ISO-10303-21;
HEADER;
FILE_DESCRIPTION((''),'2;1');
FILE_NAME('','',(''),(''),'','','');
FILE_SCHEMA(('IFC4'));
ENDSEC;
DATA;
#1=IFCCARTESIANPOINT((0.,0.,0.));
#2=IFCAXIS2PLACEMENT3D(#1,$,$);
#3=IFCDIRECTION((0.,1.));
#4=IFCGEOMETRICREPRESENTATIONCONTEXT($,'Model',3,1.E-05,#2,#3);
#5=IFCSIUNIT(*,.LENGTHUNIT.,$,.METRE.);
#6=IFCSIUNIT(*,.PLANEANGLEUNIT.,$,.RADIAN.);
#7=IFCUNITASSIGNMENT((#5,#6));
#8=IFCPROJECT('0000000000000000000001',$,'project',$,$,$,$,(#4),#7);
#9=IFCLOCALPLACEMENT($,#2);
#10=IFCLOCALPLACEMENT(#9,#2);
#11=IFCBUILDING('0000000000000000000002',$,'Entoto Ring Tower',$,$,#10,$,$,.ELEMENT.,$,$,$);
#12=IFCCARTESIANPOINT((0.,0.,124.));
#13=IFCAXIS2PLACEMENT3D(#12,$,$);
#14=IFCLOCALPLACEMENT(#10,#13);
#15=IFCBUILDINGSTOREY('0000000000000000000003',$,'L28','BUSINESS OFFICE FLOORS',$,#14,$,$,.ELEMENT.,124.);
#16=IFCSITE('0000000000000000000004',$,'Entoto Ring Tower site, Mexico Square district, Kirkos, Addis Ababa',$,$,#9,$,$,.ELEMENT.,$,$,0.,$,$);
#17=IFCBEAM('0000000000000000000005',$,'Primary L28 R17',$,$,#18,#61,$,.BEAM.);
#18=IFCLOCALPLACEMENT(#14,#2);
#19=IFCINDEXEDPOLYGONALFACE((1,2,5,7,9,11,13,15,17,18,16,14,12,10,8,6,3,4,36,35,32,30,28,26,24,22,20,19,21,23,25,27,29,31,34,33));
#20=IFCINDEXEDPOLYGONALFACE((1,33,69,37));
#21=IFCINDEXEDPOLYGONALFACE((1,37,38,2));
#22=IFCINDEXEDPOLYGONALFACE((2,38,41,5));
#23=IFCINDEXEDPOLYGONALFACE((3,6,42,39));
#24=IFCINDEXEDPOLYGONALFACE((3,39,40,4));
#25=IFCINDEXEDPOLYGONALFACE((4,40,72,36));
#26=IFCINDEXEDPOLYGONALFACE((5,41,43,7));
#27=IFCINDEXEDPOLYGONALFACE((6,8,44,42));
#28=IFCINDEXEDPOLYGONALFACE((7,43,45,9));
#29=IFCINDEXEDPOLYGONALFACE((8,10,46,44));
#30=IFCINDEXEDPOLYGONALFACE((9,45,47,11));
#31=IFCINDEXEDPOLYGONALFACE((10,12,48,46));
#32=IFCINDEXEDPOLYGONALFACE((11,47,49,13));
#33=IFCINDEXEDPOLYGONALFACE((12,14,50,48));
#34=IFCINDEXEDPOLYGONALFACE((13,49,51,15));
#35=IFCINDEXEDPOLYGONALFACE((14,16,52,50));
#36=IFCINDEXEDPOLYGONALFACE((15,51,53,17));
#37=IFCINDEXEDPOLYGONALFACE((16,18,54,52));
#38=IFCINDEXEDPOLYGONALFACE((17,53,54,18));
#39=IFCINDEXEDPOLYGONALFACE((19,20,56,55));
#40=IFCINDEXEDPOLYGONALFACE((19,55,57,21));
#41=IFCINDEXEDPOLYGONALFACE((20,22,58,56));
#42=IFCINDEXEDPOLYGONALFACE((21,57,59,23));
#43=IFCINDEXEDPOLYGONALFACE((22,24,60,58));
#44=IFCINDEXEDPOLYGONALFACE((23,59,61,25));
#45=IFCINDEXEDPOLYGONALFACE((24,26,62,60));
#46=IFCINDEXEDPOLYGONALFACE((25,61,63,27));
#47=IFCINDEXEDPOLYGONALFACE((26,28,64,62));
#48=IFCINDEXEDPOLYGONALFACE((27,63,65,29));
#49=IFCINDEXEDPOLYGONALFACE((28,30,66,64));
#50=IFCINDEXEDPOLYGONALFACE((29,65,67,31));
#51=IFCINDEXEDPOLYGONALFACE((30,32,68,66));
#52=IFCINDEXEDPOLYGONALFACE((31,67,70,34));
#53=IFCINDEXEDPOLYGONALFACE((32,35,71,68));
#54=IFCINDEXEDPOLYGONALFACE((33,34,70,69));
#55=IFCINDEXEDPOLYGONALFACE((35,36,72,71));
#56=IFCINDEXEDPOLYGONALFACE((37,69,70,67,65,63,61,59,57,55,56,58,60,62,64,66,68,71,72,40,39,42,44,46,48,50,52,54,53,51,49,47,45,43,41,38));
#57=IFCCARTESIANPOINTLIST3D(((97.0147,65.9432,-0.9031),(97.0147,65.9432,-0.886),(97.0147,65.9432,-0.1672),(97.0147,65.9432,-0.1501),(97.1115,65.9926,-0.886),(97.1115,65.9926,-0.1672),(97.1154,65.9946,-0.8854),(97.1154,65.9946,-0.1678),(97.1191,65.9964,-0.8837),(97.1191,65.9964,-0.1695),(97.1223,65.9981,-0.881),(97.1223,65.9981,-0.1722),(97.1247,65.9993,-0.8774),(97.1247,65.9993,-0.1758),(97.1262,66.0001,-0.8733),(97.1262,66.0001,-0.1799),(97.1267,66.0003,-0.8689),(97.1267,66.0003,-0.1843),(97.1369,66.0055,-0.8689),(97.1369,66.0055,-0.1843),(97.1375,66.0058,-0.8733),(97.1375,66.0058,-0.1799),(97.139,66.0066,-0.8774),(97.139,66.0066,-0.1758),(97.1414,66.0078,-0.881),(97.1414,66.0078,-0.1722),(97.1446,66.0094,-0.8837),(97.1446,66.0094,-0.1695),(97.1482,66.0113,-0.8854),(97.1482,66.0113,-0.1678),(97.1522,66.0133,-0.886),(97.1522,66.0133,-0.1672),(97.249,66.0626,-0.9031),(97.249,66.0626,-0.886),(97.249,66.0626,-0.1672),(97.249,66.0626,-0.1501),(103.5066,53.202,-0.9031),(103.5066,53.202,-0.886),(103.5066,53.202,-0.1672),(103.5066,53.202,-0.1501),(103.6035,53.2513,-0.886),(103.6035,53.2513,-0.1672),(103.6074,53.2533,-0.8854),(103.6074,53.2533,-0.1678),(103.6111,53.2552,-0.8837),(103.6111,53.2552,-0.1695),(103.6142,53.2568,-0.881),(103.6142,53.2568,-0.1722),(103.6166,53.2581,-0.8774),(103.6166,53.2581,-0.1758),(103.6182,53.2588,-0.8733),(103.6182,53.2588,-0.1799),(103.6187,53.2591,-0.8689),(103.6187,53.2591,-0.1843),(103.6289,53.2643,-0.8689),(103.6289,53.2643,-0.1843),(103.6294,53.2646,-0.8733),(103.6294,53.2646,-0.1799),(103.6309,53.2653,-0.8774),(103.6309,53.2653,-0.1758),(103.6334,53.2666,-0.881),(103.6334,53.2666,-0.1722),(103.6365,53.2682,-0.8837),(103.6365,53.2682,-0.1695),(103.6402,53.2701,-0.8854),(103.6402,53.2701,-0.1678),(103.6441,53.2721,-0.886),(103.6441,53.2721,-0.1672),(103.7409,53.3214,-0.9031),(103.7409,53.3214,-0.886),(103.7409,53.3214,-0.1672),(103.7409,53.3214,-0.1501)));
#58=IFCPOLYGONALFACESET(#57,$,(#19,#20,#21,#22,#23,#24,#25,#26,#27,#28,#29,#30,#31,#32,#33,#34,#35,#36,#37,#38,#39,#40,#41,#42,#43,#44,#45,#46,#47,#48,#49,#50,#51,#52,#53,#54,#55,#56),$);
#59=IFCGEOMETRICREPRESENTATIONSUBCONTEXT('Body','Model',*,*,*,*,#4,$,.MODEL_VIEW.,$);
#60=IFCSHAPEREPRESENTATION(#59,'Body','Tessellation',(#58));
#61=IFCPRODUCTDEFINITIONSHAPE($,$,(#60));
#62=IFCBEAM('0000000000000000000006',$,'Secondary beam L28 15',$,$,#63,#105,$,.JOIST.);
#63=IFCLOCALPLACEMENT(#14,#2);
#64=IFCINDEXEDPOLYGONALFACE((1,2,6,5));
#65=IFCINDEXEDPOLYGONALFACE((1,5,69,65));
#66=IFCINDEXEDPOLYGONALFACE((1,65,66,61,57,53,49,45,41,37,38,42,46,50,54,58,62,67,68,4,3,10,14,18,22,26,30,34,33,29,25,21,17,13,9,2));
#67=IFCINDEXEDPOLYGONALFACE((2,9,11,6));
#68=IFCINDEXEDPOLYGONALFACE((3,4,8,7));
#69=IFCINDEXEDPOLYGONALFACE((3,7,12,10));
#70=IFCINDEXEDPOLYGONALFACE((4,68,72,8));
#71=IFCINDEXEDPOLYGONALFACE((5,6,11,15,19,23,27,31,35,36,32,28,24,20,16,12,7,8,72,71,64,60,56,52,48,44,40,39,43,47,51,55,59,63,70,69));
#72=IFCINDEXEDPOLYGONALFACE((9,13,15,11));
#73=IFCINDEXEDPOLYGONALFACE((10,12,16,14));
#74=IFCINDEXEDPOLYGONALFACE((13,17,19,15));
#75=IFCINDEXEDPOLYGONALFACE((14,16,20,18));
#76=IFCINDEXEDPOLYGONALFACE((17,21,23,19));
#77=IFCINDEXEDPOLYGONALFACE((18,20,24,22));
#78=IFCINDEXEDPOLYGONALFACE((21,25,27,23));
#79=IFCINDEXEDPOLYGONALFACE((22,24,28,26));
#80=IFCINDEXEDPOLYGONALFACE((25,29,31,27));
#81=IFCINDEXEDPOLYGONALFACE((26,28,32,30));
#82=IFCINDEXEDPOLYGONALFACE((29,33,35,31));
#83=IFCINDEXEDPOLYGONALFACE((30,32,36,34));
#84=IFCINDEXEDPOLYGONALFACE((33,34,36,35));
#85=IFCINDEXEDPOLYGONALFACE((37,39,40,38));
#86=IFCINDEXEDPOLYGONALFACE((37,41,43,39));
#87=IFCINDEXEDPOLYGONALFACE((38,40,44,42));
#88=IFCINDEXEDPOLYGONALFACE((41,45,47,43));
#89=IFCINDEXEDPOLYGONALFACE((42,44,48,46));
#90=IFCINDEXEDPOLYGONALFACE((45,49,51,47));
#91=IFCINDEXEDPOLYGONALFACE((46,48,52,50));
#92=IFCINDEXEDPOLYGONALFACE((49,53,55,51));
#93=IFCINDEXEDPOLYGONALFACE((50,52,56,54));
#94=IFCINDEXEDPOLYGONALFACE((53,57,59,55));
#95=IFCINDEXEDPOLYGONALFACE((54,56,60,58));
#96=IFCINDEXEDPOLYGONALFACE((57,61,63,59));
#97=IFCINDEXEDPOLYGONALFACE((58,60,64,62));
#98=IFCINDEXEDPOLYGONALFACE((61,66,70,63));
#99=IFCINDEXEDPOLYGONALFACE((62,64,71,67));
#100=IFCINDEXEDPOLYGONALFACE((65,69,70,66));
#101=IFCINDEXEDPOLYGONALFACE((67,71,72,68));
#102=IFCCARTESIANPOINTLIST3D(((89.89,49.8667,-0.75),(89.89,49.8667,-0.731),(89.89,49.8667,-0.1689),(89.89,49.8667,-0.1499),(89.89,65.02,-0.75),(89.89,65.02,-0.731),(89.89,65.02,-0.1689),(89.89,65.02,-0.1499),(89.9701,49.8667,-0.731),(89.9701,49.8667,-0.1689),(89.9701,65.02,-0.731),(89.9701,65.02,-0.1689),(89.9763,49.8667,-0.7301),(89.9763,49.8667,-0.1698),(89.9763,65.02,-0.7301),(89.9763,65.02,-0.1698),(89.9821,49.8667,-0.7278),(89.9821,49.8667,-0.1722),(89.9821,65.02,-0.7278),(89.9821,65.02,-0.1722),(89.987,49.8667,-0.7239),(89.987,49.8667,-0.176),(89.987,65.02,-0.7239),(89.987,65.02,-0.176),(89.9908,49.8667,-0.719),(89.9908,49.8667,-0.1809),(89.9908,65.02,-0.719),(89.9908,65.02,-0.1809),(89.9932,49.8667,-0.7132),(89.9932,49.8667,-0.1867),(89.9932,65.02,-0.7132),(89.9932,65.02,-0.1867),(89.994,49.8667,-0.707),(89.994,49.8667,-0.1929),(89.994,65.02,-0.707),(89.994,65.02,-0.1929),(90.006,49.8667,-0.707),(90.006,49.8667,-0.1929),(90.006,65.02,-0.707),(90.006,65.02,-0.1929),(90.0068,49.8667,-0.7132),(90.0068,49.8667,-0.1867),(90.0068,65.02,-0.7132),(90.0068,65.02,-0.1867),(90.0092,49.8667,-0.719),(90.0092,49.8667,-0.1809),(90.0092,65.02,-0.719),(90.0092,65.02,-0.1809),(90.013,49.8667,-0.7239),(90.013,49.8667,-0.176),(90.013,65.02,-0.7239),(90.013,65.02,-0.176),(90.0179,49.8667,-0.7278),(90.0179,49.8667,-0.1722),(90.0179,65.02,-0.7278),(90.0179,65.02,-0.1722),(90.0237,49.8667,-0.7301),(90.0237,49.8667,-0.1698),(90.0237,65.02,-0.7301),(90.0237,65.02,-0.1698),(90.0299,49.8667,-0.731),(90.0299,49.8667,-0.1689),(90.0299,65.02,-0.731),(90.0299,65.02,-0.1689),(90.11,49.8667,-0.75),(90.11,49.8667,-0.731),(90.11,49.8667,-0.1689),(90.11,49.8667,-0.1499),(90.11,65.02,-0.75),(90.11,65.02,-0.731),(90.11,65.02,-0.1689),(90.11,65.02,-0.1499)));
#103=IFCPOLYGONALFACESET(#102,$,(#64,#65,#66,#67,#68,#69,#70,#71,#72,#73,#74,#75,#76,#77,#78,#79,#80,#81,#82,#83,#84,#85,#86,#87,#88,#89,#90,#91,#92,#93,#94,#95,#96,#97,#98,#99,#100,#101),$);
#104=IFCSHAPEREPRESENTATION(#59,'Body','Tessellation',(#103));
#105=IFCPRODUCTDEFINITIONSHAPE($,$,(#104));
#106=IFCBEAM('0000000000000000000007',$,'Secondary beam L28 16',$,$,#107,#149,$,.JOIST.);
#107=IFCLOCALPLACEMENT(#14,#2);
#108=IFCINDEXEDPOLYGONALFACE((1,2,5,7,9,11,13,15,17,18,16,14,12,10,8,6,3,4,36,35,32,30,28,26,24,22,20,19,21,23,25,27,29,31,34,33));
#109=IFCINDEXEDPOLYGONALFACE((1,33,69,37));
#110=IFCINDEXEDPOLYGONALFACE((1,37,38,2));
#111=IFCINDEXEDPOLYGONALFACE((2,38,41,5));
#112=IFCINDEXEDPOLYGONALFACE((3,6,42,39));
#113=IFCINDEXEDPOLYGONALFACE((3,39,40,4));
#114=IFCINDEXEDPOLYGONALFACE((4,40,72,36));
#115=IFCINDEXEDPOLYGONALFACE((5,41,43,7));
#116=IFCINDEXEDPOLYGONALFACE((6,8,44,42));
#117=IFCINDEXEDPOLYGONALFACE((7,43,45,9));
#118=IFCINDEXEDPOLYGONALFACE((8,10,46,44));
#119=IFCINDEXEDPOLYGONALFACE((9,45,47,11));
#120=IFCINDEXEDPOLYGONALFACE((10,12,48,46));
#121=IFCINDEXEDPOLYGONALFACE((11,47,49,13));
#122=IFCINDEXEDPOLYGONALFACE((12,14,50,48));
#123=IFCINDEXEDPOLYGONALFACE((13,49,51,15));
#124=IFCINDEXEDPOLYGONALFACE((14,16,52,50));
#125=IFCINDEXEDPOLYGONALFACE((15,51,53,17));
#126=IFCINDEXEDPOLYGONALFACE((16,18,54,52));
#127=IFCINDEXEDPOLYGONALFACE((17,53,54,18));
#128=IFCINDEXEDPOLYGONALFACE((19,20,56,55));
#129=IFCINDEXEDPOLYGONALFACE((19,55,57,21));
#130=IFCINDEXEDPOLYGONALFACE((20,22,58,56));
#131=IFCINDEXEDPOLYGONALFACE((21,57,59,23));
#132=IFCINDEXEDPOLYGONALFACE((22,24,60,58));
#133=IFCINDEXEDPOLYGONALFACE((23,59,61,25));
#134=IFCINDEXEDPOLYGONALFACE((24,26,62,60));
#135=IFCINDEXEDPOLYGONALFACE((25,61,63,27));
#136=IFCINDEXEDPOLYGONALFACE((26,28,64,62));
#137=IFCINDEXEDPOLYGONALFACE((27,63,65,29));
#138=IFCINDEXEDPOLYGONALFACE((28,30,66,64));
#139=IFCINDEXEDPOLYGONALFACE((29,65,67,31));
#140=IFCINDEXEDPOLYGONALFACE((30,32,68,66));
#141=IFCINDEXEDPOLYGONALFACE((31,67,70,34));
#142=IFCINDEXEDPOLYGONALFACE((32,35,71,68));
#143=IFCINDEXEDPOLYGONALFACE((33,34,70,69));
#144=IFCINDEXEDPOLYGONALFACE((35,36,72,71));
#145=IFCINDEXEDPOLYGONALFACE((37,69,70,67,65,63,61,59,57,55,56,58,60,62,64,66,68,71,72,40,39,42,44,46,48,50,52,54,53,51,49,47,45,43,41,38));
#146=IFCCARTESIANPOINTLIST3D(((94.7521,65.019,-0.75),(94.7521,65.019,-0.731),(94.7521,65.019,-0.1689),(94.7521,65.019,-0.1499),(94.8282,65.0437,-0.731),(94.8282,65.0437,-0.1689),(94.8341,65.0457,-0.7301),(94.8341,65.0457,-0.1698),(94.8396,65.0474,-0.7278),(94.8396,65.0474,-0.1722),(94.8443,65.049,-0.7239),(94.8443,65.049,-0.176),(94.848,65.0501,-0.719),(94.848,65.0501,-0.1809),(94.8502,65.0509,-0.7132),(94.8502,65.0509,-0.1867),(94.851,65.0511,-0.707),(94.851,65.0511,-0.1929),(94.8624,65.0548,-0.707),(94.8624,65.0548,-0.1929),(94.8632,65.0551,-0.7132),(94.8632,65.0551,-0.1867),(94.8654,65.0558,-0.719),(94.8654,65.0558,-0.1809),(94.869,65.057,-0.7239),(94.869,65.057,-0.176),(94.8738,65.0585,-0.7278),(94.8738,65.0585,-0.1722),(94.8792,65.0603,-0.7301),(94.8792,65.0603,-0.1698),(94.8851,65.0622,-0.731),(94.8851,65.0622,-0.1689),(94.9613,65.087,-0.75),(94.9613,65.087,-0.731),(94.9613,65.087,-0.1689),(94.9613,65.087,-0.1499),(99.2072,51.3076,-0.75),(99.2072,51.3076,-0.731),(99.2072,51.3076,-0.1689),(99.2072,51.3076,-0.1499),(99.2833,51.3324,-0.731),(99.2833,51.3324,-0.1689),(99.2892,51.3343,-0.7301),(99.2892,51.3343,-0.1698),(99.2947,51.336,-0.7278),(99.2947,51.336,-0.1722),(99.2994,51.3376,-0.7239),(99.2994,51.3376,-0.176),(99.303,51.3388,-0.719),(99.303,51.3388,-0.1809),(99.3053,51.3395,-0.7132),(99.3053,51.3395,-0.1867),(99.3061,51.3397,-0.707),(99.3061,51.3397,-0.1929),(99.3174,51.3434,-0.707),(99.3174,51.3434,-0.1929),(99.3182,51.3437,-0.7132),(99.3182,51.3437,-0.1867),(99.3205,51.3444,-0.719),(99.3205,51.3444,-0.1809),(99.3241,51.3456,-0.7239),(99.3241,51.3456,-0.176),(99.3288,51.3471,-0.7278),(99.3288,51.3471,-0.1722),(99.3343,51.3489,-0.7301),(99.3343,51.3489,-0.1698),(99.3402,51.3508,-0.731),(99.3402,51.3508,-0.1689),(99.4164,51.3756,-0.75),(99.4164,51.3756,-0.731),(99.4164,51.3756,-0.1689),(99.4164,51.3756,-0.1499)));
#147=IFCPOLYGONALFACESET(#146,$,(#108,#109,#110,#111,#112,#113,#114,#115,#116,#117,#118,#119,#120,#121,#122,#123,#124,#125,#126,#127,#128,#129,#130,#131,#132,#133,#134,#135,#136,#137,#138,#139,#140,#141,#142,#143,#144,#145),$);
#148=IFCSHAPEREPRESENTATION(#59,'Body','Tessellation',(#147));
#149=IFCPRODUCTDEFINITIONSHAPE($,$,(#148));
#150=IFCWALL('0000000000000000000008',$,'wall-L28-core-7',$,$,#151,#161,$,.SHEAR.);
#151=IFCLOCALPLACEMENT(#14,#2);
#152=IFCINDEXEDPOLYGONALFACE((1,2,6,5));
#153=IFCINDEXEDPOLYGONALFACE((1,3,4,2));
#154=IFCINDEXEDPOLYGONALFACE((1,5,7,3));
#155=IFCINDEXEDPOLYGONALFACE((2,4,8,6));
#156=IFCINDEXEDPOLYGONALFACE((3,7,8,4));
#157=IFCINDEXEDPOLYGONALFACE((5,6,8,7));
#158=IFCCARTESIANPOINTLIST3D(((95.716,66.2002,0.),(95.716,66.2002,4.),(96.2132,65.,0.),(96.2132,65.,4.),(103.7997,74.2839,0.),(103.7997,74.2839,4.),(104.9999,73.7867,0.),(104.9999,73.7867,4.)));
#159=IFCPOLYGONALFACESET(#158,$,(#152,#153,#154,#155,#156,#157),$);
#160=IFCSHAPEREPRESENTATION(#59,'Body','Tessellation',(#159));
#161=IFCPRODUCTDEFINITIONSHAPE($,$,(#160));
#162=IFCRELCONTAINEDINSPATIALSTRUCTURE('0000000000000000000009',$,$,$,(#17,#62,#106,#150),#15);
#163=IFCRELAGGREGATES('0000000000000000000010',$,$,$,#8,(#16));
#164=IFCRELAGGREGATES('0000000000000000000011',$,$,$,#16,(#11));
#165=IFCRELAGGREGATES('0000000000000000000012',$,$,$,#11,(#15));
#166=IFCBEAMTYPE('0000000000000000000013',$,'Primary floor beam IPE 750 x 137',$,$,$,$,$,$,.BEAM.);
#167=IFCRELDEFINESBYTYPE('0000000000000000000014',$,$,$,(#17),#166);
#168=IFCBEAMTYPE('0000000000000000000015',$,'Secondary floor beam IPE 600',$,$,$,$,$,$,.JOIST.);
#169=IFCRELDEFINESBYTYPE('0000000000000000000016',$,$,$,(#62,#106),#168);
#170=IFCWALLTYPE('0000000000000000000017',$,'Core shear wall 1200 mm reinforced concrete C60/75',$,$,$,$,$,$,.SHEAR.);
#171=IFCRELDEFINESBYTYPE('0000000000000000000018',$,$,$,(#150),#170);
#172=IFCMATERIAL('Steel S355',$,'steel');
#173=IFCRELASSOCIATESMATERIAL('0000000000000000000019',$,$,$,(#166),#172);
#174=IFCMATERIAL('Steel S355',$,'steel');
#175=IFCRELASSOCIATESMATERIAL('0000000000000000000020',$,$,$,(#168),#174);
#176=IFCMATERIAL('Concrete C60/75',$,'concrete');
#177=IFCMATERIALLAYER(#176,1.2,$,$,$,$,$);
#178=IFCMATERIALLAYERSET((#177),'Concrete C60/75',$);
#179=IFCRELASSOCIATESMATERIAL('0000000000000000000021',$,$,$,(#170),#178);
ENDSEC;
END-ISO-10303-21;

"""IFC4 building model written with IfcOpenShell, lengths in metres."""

from ifc_helpers import new_model, si_unit, direction, frame, origin, origin_2d, place, context, subcontext, project, spatial, polyline, i_section, outline, extrude, material, layer, layer_set, material_profile, profile_set, type_object, element, save


model = new_model("IFC4")

# Units and contexts
model_context = context("Model", 3, precision=1e-05, world=origin(), true_north=direction((0.0, 1.0)))
body_context = subcontext(model_context, "Body", "Model", "MODEL_VIEW")
ifc_project = project(units=[si_unit("LENGTHUNIT", "METRE"), si_unit("PLANEANGLEUNIT", "RADIAN")], contexts=[model_context])

# Site, building, storey
site_placement = place(None, origin())
site = spatial("IfcSite", under=ifc_project, at=site_placement, Name="Entoto Ring Tower site, Mexico Square district, Kirkos, Addis Ababa", CompositionType="ELEMENT", RefElevation=0.0)
building_placement = place(site_placement, origin())
building = spatial("IfcBuilding", under=site, at=building_placement, Name="Entoto Ring Tower", CompositionType="ELEMENT")
storey_placement = place(building_placement, frame((0.0, 0.0, 124.0)))
storey = spatial("IfcBuildingStorey", under=building, at=storey_placement, Name="L28", Description="BUSINESS OFFICE FLOORS", CompositionType="ELEMENT", Elevation=124.0)

# Beams
ifc_material_1 = material(Name="Steel S355", Category="steel")
ifc_material_profile_1 = material_profile(ifc_material_1, i_section(OverallWidth=0.2629, OverallDepth=0.7529, WebThickness=0.0115, FlangeThickness=0.0171, FilletRadius=0.0171, at=origin_2d()), Name="IPE 750 x 137")
ifc_profile_set_1 = profile_set([ifc_material_profile_1], Name="Steel S355")
beam_type_1 = type_object("IfcBeamType", Name="Primary floor beam IPE 750 x 137", PredefinedType="BEAM", material=ifc_profile_set_1)
beam_1_placement = place(storey_placement, frame((97.1318, 66.0029, -0.5266), z_axis=(0.453989, -0.891007, 0.0), x_axis=(0.891007, 0.453989, 0.0)))
element("IfcBeam", 1, at=beam_1_placement, inside=storey, type_object=beam_type_1, Name="Primary L28 R17", PredefinedType="BEAM", context=body_context, shape_type="SweptSolid", body=[
    extrude(i_section(OverallWidth=0.2629, OverallDepth=0.7529, WebThickness=0.0115, FlangeThickness=0.0171, FilletRadius=0.0171, at=origin_2d()), origin(), (0.0, 0.0, 1.0), 14.2998),
])
ifc_material_2 = material(Name="Steel S355", Category="steel")
ifc_material_profile_2 = material_profile(ifc_material_2, i_section(OverallWidth=0.22, OverallDepth=0.6001, WebThickness=0.012, FlangeThickness=0.019, FilletRadius=0.0239, at=origin_2d()), Name="IPE 600")
ifc_profile_set_2 = profile_set([ifc_material_profile_2], Name="Steel S355")
beam_type_2 = type_object("IfcBeamType", Name="Secondary floor beam IPE 600", PredefinedType="JOIST", material=ifc_profile_set_2)
beam_2_placement = place(storey_placement, frame((90.0, 65.02, -0.45), z_axis=(0.0, -1.0, 0.0), x_axis=(1.0, 0.0, 0.0)))
element("IfcBeam", 2, at=beam_2_placement, inside=storey, type_object=beam_type_2, Name="Secondary beam L28 15", PredefinedType="JOIST", context=body_context, shape_type="SweptSolid", body=[
    extrude(i_section(OverallWidth=0.22, OverallDepth=0.6001, WebThickness=0.012, FlangeThickness=0.019, FilletRadius=0.0239, at=origin_2d()), origin(), (0.0, 0.0, 1.0), 15.1533),
])
beam_3_placement = place(storey_placement, frame((94.8567, 65.053, -0.45), z_axis=(0.309015, -0.951057, 0.0), x_axis=(0.951057, 0.309015, 0.0)))
element("IfcBeam", 3, at=beam_3_placement, inside=storey, type_object=beam_type_2, Name="Secondary beam L28 16", PredefinedType="JOIST", context=body_context, shape_type="SweptSolid", body=[
    extrude(i_section(OverallWidth=0.22, OverallDepth=0.6001, WebThickness=0.012, FlangeThickness=0.019, FilletRadius=0.0239, at=origin_2d()), origin(), (0.0, 0.0, 1.0), 14.417),
])

# Wall
ifc_material_3 = material(Name="Concrete C60/75", Category="concrete")
ifc_layer_1 = layer(ifc_material_3, 1.2)
ifc_layer_set_1 = layer_set([ifc_layer_1], Name="Concrete C60/75")
wall_type_1 = type_object("IfcWallType", Name="Core shear wall 1200 mm reinforced concrete C60/75", PredefinedType="SHEAR", material=ifc_layer_set_1)
wall_1_placement = place(storey_placement, frame((95.9646, 65.6001, 0.0), z_axis=(0.0, 0.0, 1.0), x_axis=(0.707107, 0.707107, 0.0)))
element("IfcWall", 4, at=wall_1_placement, inside=storey, type_object=wall_type_1, Name="wall-L28-core-7", PredefinedType="SHEAR", context=body_context, shape_type="SweptSolid", body=[
    extrude(outline(polyline([(-0.2485, -0.6001), (12.1777, -0.6001), (11.6807, 0.6001), (0.2485, 0.6001), (-0.2485, -0.6001)])), origin(), (0.0, 0.0, 1.0), 4.0),
])

save(model, "model.ifc")
